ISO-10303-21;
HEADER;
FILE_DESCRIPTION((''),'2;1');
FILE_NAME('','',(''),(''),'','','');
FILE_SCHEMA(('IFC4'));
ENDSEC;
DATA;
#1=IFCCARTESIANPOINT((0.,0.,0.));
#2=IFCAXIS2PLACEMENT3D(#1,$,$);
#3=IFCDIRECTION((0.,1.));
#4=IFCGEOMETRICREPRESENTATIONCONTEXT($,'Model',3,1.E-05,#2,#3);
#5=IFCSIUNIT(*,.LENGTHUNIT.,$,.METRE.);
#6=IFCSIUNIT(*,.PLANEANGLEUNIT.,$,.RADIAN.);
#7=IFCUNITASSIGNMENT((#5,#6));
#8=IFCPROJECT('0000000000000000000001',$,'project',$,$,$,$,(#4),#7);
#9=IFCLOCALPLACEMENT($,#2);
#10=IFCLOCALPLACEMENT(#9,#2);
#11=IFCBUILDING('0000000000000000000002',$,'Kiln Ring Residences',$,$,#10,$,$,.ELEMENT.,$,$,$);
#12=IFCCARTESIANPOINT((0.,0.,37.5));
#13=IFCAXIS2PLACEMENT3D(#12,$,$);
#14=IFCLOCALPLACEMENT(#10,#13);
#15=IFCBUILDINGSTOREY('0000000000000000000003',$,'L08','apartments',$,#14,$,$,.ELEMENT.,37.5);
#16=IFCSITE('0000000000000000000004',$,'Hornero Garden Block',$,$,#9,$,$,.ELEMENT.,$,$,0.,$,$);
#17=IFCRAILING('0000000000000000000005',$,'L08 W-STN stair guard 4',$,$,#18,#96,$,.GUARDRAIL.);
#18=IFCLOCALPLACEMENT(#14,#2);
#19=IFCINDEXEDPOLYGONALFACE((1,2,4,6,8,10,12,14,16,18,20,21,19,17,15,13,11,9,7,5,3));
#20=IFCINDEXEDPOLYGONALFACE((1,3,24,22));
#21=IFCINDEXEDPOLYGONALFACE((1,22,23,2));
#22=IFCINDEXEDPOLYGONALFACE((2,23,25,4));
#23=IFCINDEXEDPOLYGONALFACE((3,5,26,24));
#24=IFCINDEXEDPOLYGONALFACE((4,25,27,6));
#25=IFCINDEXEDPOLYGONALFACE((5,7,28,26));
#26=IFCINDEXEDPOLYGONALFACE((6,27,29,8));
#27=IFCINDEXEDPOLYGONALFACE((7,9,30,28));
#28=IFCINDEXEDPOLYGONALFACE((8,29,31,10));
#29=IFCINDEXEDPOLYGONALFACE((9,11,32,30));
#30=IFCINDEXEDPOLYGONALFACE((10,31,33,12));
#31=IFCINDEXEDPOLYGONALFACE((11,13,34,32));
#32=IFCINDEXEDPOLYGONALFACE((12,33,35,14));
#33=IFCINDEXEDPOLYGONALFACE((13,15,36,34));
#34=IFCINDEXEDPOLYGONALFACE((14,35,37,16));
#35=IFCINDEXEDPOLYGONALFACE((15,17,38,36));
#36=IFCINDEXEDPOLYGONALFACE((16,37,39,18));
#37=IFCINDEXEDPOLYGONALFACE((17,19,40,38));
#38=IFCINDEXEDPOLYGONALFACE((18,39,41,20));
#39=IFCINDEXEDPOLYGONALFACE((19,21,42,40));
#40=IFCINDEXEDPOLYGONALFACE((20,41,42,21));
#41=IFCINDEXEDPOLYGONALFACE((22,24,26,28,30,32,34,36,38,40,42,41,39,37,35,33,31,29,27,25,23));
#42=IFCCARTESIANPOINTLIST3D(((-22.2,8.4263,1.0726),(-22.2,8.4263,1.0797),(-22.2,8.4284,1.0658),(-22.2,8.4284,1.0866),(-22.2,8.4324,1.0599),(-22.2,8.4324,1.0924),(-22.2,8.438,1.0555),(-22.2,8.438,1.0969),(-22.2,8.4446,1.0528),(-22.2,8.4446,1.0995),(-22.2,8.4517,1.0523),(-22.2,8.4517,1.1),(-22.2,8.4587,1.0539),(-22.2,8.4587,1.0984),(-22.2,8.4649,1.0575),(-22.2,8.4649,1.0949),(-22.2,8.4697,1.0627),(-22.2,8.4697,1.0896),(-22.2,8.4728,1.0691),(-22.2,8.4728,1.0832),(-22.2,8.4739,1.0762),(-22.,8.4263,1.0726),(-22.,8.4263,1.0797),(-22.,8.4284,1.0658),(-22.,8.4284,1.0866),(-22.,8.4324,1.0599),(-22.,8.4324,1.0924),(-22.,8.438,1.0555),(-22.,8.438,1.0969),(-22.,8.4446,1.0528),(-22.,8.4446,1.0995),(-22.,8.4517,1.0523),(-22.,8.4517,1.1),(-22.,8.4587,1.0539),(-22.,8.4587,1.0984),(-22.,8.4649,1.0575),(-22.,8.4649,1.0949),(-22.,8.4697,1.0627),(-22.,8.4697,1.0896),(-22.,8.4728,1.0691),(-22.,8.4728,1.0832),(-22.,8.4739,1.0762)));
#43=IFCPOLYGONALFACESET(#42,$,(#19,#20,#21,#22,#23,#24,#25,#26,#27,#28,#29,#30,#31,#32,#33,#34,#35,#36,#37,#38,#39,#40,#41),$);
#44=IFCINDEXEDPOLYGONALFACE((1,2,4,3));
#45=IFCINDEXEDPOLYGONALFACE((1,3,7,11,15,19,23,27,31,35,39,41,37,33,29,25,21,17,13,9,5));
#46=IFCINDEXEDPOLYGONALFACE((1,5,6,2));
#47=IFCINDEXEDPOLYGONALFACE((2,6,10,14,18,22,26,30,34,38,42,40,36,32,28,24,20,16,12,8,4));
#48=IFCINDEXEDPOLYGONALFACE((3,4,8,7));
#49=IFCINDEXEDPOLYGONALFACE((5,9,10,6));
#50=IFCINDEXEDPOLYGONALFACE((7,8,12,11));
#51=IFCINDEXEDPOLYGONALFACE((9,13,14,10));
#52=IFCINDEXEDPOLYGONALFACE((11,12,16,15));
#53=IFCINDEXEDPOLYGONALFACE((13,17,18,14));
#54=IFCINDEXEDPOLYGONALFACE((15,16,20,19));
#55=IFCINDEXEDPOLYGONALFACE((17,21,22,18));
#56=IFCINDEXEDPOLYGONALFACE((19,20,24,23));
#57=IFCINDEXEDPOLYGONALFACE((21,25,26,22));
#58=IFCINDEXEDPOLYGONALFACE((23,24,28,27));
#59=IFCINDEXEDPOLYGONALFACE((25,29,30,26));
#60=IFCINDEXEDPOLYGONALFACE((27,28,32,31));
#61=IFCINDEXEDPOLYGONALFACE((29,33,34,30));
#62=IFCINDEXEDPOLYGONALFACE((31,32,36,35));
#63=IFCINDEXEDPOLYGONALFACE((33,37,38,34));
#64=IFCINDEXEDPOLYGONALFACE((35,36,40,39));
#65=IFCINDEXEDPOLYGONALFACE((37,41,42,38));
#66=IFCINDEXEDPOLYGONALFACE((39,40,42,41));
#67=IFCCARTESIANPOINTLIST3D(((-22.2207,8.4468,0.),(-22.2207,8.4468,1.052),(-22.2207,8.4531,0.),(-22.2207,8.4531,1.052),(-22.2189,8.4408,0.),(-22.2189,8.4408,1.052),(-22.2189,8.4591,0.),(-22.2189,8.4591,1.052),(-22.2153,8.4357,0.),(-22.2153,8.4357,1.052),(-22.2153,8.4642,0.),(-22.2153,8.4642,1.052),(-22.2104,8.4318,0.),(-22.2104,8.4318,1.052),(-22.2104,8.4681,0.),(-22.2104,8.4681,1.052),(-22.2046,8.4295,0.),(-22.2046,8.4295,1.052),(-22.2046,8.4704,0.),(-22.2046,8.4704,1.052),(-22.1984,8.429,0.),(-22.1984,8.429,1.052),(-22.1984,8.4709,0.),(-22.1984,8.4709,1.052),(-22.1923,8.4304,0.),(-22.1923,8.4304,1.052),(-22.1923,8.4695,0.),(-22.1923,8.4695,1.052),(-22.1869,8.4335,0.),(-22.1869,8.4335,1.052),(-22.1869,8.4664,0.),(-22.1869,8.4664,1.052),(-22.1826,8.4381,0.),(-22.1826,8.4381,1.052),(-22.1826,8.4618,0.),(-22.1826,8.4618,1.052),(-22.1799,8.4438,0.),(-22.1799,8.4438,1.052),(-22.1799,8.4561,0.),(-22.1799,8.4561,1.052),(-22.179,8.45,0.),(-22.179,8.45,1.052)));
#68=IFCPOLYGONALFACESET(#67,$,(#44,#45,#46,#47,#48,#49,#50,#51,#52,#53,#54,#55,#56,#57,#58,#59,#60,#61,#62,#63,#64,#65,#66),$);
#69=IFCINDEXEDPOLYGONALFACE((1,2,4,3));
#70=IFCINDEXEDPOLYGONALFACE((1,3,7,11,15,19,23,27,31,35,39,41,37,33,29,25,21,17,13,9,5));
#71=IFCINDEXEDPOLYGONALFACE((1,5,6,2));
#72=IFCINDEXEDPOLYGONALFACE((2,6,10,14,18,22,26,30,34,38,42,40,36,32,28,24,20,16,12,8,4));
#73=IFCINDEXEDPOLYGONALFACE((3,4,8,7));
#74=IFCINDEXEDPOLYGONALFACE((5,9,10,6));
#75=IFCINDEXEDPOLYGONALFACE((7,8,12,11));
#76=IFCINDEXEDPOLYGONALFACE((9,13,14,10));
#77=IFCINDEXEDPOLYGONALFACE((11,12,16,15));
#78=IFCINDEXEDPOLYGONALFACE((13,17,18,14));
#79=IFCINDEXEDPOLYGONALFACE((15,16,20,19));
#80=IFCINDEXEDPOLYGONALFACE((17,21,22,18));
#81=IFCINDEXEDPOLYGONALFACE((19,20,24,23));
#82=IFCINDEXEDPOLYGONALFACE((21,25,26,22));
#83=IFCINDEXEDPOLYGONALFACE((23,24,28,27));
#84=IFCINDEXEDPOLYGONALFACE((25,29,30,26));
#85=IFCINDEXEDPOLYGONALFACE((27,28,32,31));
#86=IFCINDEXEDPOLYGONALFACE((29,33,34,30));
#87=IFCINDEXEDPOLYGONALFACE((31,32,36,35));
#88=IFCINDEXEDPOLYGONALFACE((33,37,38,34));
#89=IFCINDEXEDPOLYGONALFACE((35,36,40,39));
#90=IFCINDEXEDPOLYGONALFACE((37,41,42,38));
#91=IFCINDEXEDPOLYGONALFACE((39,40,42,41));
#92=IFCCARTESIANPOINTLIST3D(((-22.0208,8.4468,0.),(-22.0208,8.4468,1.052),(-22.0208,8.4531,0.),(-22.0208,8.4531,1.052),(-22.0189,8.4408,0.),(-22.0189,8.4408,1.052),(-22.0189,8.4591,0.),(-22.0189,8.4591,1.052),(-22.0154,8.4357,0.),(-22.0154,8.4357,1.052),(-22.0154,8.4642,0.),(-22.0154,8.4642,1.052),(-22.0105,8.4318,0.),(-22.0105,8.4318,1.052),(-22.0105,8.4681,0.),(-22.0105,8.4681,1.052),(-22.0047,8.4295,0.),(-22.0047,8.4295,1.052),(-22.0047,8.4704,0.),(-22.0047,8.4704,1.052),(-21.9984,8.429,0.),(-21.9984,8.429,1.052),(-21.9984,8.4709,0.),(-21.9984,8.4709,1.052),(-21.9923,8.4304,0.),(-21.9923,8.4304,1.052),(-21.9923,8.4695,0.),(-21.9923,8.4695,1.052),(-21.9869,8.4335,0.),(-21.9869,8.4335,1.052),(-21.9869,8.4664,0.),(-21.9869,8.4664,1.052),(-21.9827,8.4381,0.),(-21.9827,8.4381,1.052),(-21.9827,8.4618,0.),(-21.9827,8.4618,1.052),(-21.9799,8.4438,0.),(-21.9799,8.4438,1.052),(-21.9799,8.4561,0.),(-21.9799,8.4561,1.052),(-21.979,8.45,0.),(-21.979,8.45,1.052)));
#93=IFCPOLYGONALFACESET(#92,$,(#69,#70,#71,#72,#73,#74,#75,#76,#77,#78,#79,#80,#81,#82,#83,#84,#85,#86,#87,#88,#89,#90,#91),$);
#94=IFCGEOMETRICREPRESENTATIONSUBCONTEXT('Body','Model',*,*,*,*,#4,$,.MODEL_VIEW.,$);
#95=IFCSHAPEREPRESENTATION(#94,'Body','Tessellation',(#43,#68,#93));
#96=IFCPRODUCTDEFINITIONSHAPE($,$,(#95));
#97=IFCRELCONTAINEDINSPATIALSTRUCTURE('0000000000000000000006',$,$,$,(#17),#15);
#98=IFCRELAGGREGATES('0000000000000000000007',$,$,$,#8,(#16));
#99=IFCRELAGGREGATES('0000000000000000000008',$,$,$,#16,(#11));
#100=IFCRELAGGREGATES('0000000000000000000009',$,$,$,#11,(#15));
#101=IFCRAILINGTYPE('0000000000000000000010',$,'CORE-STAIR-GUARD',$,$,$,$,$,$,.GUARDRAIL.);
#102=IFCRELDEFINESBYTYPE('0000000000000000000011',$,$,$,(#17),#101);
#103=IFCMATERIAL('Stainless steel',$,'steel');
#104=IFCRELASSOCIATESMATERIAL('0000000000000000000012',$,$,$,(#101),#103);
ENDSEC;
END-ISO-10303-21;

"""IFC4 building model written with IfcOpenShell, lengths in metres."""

from ifc_helpers import new_model, si_unit, direction, frame, origin, origin_2d, place, context, subcontext, project, spatial, circle, extrude, material, type_object, element, save


model = new_model("IFC4")

# Units and contexts
model_context = context("Model", 3, precision=1e-05, world=origin(), true_north=direction((0.0, 1.0)))
body_context = subcontext(model_context, "Body", "Model", "MODEL_VIEW")
ifc_project = project(units=[si_unit("LENGTHUNIT", "METRE"), si_unit("PLANEANGLEUNIT", "RADIAN")], contexts=[model_context])

# Site, building, storey
site_placement = place(None, origin())
site = spatial("IfcSite", under=ifc_project, at=site_placement, Name="Hornero Garden Block", CompositionType="ELEMENT", RefElevation=0.0)
building_placement = place(site_placement, origin())
building = spatial("IfcBuilding", under=site, at=building_placement, Name="Kiln Ring Residences", CompositionType="ELEMENT")
storey_placement = place(building_placement, frame((0.0, 0.0, 37.5)))
storey = spatial("IfcBuildingStorey", under=building, at=storey_placement, Name="L08", Description="apartments", CompositionType="ELEMENT", Elevation=37.5)

# Railing
ifc_material_1 = material(Name="Stainless steel", Category="steel")
railing_type_1 = type_object("IfcRailingType", Name="CORE-STAIR-GUARD", PredefinedType="GUARDRAIL", material=ifc_material_1)
railing_1_placement = place(storey_placement, frame((-22.2, 8.45, 0.0)))
element("IfcRailing", 1, at=railing_1_placement, inside=storey, type_object=railing_type_1, Name="L08 W-STN stair guard 4", PredefinedType="GUARDRAIL", context=body_context, shape_type="SweptSolid", body=[
    extrude(circle(Radius=0.0239, at=origin_2d()), frame((0.0, 0.0, 1.0762), z_axis=(1.0, 0.0, 0.0), x_axis=(0.0, 1.0, 0.0)), (0.0, 0.0, 1.0), 0.2),
    extrude(circle(Radius=0.021, at=origin_2d()), origin(), (0.0, 0.0, 1.0), 1.052),
    extrude(circle(Radius=0.021, at=origin_2d()), frame((0.2, 0.0, 0.0)), (0.0, 0.0, 1.0), 1.052),
])

save(model, "model.ifc")
